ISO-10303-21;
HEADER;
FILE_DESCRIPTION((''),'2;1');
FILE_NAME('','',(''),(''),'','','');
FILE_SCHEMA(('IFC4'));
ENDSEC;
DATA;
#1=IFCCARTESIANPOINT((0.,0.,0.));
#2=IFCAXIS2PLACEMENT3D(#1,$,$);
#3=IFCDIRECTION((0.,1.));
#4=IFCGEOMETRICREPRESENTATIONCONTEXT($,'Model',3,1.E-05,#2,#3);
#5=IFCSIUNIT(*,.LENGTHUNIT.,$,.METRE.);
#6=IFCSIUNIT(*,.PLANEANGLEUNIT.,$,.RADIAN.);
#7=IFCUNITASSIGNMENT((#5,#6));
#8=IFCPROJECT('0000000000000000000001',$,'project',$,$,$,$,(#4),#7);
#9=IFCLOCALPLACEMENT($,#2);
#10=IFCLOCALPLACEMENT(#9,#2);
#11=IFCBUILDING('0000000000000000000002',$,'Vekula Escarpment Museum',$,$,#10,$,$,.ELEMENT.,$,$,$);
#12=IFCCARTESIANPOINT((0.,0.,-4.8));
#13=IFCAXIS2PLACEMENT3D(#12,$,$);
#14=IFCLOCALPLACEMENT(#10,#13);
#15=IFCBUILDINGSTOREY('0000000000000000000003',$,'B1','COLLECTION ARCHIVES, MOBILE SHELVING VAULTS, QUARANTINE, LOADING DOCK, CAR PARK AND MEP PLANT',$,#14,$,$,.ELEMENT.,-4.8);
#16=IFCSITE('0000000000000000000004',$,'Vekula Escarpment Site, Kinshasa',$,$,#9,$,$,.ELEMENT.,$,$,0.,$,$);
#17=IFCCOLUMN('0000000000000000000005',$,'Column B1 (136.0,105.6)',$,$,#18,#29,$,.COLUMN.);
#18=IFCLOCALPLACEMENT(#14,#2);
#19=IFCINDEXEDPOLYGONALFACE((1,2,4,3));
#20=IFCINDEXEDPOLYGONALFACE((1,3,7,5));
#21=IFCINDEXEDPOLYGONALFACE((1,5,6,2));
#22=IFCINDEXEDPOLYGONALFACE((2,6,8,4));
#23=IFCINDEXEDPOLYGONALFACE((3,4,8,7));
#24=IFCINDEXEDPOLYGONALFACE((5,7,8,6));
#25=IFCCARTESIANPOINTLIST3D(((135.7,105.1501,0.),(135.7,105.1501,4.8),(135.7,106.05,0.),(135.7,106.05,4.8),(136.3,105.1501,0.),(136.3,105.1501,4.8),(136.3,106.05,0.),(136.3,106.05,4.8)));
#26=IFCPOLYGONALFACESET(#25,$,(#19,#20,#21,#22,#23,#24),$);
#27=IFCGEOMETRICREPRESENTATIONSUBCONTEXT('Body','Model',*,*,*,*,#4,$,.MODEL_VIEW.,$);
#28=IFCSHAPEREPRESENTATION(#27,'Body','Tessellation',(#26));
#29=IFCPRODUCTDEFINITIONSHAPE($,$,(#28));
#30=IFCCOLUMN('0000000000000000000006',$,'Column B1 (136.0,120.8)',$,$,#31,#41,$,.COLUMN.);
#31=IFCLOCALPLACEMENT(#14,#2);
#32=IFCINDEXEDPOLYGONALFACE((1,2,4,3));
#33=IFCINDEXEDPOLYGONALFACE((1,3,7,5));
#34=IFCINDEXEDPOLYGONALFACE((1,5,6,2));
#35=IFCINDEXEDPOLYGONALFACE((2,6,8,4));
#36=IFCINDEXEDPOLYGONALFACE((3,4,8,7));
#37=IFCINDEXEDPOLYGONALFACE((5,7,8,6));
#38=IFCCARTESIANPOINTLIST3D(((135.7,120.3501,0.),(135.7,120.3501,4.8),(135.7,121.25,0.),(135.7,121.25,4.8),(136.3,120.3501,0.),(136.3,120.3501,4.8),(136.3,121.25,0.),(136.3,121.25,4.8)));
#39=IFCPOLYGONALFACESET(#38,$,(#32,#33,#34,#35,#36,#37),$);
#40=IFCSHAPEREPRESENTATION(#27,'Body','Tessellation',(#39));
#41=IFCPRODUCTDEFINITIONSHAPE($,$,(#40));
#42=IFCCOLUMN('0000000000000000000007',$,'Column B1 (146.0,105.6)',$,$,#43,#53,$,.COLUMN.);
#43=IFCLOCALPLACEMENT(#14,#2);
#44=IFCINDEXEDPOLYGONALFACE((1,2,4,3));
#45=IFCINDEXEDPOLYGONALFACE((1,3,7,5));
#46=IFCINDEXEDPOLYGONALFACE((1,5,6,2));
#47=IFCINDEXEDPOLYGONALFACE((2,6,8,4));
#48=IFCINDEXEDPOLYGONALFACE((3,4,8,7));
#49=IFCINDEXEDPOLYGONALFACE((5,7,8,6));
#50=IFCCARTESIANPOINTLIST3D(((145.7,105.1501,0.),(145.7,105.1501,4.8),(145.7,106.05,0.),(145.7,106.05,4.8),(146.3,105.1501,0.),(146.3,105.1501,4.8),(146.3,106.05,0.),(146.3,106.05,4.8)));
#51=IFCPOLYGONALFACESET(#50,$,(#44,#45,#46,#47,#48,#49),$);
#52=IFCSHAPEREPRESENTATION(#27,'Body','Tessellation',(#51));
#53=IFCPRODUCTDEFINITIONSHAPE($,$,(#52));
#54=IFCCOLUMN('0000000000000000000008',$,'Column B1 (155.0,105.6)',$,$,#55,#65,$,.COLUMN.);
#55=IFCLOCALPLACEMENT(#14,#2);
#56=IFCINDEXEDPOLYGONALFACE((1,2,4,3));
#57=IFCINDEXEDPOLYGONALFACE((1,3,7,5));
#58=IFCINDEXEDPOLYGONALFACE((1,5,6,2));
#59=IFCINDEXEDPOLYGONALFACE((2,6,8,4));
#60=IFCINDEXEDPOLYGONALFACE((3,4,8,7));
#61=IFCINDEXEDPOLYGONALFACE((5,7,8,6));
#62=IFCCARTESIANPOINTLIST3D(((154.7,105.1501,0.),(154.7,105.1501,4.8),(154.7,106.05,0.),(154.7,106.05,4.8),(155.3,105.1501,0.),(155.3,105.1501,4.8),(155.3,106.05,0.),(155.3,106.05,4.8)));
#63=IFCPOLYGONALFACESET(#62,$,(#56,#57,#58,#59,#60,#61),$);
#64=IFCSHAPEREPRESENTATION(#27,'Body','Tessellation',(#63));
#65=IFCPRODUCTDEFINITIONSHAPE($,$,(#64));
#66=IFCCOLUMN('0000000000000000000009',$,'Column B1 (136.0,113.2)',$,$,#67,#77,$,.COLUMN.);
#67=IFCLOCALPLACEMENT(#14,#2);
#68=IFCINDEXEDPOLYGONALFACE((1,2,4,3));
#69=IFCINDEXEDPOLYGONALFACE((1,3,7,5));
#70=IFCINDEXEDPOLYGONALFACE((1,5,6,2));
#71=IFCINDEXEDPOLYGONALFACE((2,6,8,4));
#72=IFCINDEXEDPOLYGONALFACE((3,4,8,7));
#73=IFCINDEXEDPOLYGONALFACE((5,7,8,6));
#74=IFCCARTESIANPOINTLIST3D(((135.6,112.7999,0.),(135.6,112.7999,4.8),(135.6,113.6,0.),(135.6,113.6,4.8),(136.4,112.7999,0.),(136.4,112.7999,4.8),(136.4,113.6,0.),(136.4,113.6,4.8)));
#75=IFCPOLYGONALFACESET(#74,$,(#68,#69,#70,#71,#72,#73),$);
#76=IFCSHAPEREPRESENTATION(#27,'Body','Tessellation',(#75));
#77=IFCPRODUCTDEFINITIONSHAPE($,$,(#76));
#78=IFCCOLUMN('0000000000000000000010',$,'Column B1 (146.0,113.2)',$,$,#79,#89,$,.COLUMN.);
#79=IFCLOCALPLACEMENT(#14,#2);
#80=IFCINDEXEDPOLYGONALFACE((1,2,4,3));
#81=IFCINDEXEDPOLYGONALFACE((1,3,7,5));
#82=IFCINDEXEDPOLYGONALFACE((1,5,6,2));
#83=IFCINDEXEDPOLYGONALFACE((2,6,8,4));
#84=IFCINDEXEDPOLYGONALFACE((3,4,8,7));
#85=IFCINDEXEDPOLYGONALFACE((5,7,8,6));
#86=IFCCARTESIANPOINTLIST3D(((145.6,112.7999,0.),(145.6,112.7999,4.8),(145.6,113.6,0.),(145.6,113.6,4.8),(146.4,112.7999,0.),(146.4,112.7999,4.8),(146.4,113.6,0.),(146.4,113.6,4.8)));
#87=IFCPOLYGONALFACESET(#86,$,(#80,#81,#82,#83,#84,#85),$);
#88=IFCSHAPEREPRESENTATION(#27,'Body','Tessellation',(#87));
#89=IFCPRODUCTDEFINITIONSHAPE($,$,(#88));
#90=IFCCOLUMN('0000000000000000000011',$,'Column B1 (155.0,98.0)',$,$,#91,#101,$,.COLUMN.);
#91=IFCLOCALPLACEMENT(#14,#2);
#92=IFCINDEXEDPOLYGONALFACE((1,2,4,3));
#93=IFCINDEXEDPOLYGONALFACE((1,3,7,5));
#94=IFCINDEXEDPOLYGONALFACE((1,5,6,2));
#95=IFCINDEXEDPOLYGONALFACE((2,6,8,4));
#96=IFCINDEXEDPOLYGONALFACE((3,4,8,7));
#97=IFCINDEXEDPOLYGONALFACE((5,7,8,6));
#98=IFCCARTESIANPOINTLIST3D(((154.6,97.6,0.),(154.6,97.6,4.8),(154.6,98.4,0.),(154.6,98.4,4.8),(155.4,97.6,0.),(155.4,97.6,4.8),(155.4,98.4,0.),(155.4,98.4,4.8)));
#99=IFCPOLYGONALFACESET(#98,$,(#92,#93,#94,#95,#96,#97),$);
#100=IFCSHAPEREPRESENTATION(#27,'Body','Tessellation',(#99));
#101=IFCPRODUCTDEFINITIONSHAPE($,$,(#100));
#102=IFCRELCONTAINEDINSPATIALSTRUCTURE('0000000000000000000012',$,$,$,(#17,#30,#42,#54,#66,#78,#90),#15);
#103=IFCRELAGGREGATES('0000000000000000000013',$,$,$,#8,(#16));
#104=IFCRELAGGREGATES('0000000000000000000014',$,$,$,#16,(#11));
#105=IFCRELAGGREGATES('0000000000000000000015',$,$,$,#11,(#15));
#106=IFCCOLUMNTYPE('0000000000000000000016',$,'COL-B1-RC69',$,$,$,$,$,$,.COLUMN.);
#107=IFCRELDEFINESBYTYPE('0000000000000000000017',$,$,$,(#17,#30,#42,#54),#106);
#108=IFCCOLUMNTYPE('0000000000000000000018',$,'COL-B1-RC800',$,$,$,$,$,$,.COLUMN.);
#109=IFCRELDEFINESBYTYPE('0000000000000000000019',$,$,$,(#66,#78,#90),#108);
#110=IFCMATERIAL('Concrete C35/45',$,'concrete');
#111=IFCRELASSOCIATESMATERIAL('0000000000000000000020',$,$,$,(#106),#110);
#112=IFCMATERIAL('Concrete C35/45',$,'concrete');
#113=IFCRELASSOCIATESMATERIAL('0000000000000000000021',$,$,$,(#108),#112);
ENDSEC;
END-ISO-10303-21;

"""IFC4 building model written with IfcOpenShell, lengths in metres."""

from ifc_helpers import new_model, si_unit, direction, frame, origin, origin_2d, place, context, subcontext, project, spatial, rectangle, extrude, material, material_profile, profile_set, type_object, element, save


model = new_model("IFC4")

# Units and contexts
model_context = context("Model", 3, precision=1e-05, world=origin(), true_north=direction((0.0, 1.0)))
body_context = subcontext(model_context, "Body", "Model", "MODEL_VIEW")
ifc_project = project(units=[si_unit("LENGTHUNIT", "METRE"), si_unit("PLANEANGLEUNIT", "RADIAN")], contexts=[model_context])

# Site, building, storey
site_placement = place(None, origin())
site = spatial("IfcSite", under=ifc_project, at=site_placement, Name="Vekula Escarpment Site, Kinshasa", CompositionType="ELEMENT", RefElevation=0.0)
building_placement = place(site_placement, origin())
building = spatial("IfcBuilding", under=site, at=building_placement, Name="Vekula Escarpment Museum", CompositionType="ELEMENT")
storey_placement = place(building_placement, frame((0.0, 0.0, -4.8)))
storey = spatial("IfcBuildingStorey", under=building, at=storey_placement, Name="B1", Description="COLLECTION ARCHIVES, MOBILE SHELVING VAULTS, QUARANTINE, LOADING DOCK, CAR PARK AND MEP PLANT", CompositionType="ELEMENT", Elevation=-4.8)

# Columns
ifc_material_1 = material(Name="Concrete C35/45", Category="concrete")
ifc_material_profile_1 = material_profile(ifc_material_1, rectangle(XDim=0.6001, YDim=0.8999, at=origin_2d()), Name="RC 600x900")
ifc_profile_set_1 = profile_set([ifc_material_profile_1], Name="Concrete C35/45")
column_type_1 = type_object("IfcColumnType", Name="COL-B1-RC69", PredefinedType="COLUMN", material=ifc_profile_set_1)
for number, where, z_axis, x_axis, name in (
    (1, (136.0, 105.6001, 0.0), (0.0, 0.0, 1.0), (1.0, 0.0, 0.0), "Column B1 (136.0,105.6)"),
    (2, (136.0, 120.8, 0.0), (0.0, 0.0, 1.0), (1.0, 0.0, 0.0), "Column B1 (136.0,120.8)"),
    (3, (146.0, 105.6001, 0.0), (0.0, 0.0, 1.0), (1.0, 0.0, 0.0), "Column B1 (146.0,105.6)"),
    (4, (155.0, 105.6001, 0.0), (0.0, 0.0, 1.0), (1.0, 0.0, 0.0), "Column B1 (155.0,105.6)"),
):
    element("IfcColumn", number, at=place(storey_placement, frame(where, z_axis=z_axis, x_axis=x_axis)), inside=storey, type_object=column_type_1, Name=name, PredefinedType="COLUMN", context=body_context, shape_type="SweptSolid", body=[
        extrude(rectangle(XDim=0.6001, YDim=0.8999, at=origin_2d()), origin(), (0.0, 0.0, 1.0), 4.8),
    ])
ifc_material_2 = material(Name="Concrete C35/45", Category="concrete")
ifc_material_profile_2 = material_profile(ifc_material_2, rectangle(XDim=0.8, YDim=0.8, at=origin_2d()), Name="RC 800x800")
ifc_profile_set_2 = profile_set([ifc_material_profile_2], Name="Concrete C35/45")
column_type_2 = type_object("IfcColumnType", Name="COL-B1-RC800", PredefinedType="COLUMN", material=ifc_profile_set_2)
for number, where, z_axis, x_axis, name in (
    (5, (136.0, 113.2, 0.0), (0.0, 0.0, 1.0), (1.0, 0.0, 0.0), "Column B1 (136.0,113.2)"),
    (6, (146.0, 113.2, 0.0), (0.0, 0.0, 1.0), (1.0, 0.0, 0.0), "Column B1 (146.0,113.2)"),
    (7, (155.0, 98.0, 0.0), (0.0, 0.0, 1.0), (1.0, 0.0, 0.0), "Column B1 (155.0,98.0)"),
):
    element("IfcColumn", number, at=place(storey_placement, frame(where, z_axis=z_axis, x_axis=x_axis)), inside=storey, type_object=column_type_2, Name=name, PredefinedType="COLUMN", context=body_context, shape_type="SweptSolid", body=[
        extrude(rectangle(XDim=0.8, YDim=0.8, at=origin_2d()), origin(), (0.0, 0.0, 1.0), 4.8),
    ])

save(model, "model.ifc")
